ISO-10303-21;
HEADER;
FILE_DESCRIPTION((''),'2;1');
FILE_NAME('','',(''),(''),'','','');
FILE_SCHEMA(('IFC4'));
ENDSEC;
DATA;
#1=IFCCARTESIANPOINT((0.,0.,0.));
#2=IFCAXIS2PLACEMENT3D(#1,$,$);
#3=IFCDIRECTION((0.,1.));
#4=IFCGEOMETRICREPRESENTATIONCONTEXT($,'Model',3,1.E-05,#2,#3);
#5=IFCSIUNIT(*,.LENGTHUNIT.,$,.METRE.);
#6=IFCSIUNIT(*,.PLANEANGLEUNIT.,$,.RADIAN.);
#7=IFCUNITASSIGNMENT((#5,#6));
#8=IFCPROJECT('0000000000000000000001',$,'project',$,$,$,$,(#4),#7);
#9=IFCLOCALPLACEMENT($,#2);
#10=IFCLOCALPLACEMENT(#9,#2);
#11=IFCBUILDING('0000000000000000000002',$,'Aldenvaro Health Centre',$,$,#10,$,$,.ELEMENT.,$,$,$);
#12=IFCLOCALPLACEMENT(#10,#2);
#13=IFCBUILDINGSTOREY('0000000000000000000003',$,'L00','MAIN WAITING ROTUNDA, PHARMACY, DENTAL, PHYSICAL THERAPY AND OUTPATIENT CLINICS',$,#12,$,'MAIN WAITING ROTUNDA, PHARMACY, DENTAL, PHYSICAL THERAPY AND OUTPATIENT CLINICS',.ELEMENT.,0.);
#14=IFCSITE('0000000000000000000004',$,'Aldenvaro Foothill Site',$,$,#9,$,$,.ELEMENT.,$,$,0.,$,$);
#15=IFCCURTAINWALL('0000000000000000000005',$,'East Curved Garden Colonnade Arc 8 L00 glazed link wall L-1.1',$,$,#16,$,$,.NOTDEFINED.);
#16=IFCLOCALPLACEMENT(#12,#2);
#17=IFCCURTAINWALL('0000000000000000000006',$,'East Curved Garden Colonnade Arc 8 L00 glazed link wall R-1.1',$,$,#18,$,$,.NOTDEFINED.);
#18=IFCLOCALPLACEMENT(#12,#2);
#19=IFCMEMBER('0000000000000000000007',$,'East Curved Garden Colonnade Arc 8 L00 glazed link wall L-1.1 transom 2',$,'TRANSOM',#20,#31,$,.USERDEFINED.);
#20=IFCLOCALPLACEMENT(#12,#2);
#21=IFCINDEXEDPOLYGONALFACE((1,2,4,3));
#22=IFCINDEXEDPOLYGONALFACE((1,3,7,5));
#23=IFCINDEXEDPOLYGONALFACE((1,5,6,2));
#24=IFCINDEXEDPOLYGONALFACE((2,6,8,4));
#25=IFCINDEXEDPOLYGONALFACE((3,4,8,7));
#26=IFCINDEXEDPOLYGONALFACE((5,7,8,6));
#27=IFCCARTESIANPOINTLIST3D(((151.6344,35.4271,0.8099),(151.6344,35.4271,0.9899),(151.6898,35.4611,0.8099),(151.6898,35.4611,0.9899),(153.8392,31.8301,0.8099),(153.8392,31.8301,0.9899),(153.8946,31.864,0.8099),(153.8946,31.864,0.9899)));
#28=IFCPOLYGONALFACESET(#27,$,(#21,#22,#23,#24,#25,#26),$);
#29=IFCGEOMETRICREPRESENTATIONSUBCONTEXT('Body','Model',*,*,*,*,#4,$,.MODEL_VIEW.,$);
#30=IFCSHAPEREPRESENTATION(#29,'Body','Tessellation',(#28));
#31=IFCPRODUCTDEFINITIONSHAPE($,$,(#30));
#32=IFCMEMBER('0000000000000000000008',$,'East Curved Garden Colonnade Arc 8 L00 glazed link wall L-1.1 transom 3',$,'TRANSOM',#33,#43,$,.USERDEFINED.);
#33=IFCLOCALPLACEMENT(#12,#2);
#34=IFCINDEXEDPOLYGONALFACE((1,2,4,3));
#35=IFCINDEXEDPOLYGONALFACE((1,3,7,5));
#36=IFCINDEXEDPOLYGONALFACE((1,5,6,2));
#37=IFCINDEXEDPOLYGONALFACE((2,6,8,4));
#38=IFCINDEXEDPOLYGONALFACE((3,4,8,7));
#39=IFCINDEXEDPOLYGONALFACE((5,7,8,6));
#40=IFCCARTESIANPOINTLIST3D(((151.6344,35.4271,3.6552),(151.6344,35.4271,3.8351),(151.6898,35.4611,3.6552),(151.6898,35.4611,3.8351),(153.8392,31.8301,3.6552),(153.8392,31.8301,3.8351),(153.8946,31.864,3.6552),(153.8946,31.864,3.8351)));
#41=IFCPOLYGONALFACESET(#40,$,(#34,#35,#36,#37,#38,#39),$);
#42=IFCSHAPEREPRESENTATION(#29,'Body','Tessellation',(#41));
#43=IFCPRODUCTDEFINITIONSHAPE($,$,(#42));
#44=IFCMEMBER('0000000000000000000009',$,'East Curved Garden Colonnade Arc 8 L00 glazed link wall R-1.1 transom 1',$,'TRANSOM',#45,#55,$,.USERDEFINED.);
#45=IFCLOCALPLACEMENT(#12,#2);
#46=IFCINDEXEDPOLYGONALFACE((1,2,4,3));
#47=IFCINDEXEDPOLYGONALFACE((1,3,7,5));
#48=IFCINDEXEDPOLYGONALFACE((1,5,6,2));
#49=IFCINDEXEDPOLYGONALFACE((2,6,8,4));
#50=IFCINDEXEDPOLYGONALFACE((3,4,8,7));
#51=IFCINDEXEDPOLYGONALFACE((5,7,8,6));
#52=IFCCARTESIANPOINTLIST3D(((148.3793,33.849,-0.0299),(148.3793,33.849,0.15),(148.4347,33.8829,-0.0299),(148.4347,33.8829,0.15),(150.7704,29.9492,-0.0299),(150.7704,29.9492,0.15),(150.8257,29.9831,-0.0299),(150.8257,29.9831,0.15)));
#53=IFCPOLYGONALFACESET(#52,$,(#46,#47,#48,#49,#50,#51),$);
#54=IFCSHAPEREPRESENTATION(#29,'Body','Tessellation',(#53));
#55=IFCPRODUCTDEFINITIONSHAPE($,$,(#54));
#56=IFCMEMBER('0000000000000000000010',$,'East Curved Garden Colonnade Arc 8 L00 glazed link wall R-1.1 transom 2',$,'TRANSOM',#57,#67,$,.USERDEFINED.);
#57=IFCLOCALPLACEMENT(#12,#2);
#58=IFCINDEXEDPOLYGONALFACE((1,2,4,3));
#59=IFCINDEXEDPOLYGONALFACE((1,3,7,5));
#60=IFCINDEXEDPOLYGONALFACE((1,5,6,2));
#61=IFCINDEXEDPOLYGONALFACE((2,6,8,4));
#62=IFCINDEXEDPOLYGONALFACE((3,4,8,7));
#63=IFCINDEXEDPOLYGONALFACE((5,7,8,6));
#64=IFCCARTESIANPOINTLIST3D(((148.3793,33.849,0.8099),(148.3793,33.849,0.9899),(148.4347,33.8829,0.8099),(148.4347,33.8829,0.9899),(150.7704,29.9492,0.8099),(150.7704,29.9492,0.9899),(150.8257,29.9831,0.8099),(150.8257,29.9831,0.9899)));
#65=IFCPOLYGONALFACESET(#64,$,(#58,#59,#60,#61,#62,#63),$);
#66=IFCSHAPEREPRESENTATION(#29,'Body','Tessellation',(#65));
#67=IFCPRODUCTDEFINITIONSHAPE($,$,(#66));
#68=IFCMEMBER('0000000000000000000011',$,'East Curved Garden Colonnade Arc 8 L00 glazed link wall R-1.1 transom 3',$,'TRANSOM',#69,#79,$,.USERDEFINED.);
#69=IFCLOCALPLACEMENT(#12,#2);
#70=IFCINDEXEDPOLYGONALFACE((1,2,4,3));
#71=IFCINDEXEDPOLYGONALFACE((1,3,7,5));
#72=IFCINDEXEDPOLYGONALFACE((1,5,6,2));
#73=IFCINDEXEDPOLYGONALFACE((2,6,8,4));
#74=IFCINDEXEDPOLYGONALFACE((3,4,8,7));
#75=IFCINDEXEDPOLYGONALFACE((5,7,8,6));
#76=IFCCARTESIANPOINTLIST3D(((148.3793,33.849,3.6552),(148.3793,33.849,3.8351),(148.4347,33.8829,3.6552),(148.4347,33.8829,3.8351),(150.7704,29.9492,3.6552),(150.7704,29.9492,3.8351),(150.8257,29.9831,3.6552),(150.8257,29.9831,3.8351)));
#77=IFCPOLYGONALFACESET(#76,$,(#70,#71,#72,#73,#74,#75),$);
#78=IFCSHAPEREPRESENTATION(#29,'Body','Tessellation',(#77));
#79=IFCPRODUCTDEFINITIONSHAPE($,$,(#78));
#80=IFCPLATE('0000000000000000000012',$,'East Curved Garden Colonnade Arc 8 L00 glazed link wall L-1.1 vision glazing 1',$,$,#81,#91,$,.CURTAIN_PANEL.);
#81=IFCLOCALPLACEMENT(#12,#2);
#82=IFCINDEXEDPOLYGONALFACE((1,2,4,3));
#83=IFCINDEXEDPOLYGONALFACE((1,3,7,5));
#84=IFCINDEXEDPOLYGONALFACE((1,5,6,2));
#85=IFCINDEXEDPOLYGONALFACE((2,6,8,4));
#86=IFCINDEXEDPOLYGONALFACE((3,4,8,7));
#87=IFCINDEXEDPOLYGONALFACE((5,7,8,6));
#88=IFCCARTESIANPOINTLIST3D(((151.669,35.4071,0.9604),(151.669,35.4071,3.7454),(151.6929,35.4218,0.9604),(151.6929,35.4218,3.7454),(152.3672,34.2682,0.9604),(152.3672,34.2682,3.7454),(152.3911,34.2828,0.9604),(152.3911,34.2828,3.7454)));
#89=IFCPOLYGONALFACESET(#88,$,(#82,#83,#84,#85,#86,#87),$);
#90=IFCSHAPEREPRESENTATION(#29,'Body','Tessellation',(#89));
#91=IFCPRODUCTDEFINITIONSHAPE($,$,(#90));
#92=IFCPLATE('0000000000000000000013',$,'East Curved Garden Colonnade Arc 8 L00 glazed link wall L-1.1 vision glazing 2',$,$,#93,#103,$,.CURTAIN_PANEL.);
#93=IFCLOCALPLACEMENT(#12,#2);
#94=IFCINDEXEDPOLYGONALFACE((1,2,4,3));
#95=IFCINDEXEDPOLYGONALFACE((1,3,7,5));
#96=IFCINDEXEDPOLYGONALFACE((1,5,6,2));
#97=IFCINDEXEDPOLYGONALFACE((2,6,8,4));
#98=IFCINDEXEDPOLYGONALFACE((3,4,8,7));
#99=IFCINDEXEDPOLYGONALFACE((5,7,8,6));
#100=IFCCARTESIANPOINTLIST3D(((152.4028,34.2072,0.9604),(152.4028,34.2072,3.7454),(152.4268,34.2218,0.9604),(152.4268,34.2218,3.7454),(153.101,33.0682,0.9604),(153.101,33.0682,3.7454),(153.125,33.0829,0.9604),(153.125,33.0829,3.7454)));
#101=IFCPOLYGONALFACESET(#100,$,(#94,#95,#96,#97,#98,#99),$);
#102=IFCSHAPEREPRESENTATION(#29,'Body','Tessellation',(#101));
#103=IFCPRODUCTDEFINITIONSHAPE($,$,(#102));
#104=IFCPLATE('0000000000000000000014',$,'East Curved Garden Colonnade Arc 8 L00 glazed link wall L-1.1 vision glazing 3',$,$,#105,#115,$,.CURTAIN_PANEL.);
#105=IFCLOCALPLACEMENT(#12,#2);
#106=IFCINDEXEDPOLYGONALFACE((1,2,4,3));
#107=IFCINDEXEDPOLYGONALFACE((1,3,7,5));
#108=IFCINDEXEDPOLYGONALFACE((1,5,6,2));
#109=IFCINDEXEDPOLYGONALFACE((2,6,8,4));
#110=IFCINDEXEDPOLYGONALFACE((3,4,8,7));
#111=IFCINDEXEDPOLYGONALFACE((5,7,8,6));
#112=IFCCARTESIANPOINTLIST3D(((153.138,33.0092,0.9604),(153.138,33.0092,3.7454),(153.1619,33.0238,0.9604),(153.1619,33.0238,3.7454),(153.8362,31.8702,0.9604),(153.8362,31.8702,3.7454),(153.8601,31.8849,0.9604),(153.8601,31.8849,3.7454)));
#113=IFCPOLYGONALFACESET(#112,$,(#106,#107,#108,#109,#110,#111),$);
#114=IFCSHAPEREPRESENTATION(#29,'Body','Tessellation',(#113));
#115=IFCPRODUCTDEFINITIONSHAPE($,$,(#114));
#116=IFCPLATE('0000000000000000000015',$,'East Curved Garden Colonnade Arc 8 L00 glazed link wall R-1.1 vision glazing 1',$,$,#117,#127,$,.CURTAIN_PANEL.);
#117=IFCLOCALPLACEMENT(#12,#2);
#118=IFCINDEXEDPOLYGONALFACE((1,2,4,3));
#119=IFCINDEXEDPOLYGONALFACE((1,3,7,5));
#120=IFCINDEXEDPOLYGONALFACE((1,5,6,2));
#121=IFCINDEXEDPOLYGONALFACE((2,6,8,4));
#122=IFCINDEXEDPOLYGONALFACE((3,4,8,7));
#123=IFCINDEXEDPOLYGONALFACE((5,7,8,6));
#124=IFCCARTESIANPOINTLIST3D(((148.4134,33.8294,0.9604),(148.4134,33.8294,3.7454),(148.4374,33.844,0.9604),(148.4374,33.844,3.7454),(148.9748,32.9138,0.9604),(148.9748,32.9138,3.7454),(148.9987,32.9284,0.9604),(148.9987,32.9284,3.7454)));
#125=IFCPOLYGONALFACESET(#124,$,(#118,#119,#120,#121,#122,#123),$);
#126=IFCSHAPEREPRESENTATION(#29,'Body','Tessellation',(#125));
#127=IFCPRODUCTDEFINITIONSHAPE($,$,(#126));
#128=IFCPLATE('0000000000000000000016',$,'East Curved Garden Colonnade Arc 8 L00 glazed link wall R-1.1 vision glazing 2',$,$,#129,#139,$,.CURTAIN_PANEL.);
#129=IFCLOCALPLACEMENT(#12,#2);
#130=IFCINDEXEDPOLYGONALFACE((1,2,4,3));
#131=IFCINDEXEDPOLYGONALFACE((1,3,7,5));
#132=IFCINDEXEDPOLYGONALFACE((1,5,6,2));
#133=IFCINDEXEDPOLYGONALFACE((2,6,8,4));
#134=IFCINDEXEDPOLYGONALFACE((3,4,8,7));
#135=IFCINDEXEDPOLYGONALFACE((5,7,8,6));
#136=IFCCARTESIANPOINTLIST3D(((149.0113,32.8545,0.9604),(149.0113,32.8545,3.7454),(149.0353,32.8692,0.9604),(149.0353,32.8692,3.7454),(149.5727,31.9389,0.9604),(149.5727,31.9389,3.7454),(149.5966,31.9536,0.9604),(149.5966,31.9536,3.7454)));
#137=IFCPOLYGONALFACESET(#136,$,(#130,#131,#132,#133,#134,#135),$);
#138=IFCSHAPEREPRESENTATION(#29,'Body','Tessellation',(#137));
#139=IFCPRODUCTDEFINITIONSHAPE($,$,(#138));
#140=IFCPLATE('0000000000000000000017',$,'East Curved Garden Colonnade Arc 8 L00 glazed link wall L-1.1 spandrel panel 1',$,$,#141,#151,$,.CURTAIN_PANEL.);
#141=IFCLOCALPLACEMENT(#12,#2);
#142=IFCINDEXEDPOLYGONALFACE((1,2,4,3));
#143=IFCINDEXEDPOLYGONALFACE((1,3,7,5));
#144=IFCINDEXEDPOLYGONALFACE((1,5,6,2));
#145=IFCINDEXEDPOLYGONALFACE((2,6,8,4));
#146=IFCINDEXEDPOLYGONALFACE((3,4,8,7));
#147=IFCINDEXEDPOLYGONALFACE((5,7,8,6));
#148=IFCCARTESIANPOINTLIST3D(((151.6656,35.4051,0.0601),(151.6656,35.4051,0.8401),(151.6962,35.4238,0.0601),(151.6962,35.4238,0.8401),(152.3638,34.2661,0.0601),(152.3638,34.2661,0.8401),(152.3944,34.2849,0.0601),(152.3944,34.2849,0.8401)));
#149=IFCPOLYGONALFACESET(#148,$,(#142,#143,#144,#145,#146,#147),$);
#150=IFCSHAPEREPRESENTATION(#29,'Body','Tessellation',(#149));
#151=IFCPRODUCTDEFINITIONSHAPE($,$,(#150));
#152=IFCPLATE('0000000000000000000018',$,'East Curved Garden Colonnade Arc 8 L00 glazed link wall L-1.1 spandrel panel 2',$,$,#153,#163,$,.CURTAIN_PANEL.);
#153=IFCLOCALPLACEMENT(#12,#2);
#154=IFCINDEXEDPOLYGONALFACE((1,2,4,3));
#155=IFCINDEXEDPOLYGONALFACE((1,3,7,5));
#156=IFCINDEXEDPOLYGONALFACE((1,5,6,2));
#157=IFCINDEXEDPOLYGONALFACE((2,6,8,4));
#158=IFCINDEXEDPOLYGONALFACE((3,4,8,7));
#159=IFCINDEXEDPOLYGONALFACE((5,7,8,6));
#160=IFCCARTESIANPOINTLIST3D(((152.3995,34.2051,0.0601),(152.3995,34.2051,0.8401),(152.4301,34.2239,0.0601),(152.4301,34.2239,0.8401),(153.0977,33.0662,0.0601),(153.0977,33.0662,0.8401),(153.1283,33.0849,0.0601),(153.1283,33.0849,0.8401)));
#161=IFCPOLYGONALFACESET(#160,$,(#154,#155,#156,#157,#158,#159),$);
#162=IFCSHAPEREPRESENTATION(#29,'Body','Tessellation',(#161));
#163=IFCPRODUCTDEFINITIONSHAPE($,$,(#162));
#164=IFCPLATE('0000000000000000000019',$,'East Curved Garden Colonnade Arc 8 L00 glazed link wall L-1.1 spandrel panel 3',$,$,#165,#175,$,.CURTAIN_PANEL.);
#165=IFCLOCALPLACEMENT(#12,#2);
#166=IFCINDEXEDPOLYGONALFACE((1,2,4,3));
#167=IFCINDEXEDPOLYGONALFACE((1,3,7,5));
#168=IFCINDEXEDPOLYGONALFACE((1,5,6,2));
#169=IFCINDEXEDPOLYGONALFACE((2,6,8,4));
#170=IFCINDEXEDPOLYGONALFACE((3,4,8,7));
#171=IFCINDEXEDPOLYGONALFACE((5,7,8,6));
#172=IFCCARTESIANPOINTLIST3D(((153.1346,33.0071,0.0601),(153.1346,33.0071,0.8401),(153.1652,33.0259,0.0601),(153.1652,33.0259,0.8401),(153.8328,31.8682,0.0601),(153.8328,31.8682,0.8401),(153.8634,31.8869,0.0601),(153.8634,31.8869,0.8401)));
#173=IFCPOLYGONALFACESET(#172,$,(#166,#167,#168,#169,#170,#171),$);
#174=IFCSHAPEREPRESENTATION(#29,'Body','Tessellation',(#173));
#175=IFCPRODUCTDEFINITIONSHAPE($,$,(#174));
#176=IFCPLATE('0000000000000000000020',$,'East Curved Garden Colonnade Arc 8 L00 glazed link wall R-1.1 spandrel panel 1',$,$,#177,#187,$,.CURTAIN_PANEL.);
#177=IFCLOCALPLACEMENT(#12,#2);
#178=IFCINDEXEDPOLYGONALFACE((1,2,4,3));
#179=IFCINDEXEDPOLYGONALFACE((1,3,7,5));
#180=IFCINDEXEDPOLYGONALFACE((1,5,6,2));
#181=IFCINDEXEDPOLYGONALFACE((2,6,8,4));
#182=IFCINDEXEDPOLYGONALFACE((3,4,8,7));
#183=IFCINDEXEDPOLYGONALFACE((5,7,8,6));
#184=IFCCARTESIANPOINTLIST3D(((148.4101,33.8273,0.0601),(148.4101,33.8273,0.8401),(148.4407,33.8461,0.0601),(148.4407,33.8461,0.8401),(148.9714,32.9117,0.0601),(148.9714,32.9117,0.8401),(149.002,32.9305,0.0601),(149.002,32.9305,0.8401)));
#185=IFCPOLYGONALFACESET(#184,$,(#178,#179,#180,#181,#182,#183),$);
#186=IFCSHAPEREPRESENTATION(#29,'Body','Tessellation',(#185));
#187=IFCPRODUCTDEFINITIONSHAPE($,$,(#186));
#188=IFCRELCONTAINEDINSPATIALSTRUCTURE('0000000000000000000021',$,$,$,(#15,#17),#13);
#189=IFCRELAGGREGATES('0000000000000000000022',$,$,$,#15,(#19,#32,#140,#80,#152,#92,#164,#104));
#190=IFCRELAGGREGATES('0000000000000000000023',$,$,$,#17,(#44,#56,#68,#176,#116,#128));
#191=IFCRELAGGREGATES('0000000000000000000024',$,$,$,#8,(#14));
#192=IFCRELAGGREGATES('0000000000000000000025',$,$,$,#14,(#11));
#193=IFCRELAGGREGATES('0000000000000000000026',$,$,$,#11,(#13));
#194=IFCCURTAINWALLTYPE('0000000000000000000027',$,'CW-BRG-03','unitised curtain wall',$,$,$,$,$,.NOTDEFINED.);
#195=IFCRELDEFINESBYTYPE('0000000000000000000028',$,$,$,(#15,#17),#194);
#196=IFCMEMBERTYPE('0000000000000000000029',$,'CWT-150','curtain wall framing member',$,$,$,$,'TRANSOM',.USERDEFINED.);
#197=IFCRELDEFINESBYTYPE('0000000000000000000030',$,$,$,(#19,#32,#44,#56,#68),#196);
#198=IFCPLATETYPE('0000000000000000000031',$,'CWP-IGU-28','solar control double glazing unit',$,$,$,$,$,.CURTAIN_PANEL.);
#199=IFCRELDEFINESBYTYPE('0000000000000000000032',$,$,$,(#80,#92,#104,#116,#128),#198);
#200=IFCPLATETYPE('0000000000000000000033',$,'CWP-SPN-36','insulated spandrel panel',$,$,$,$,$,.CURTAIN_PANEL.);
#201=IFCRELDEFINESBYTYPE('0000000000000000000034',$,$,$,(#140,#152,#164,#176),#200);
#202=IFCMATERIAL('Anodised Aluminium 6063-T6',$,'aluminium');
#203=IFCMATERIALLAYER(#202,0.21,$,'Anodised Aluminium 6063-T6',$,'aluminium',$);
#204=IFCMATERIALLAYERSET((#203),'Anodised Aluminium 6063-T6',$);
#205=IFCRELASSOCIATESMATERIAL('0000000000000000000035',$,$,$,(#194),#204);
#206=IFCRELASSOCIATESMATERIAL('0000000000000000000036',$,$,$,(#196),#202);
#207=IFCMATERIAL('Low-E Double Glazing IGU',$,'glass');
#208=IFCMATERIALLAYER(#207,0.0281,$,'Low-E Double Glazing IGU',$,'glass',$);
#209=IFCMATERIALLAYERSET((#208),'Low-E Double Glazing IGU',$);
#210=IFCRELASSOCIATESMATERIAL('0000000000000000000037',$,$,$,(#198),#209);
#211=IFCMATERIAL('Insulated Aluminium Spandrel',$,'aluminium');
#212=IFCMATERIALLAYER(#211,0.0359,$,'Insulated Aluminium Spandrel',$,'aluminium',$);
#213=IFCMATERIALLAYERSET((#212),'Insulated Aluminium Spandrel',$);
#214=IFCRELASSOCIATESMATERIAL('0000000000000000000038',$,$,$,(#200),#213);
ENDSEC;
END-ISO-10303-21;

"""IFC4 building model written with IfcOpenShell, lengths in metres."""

from ifc_helpers import new_model, si_unit, direction, frame, origin, origin_2d, place, context, subcontext, project, spatial, rectangle, extrude, material, layer, layer_set, material_profile, profile_set, type_object, element, aggregate, save


model = new_model("IFC4")

# Units and contexts
model_context = context("Model", 3, precision=1e-05, world=origin(), true_north=direction((0.0, 1.0)))
body_context = subcontext(model_context, "Body", "Model", "MODEL_VIEW")
ifc_project = project(units=[si_unit("LENGTHUNIT", "METRE"), si_unit("PLANEANGLEUNIT", "RADIAN")], contexts=[model_context])

# Site, building, storey
site_placement = place(None, origin())
site = spatial("IfcSite", under=ifc_project, at=site_placement, Name="Aldenvaro Foothill Site", CompositionType="ELEMENT", RefElevation=0.0)
building_placement = place(site_placement, origin())
building = spatial("IfcBuilding", under=site, at=building_placement, Name="Aldenvaro Health Centre", CompositionType="ELEMENT")
storey_placement = place(building_placement, origin())
storey = spatial("IfcBuildingStorey", under=building, at=storey_placement, Name="L00", Description="MAIN WAITING ROTUNDA, PHARMACY, DENTAL, PHYSICAL THERAPY AND OUTPATIENT CLINICS", LongName="MAIN WAITING ROTUNDA, PHARMACY, DENTAL, PHYSICAL THERAPY AND OUTPATIENT CLINICS", CompositionType="ELEMENT", Elevation=0.0)

# Shared definitions
ifc_material_1 = material(Name="Anodised Aluminium 6063-T6", Category="aluminium")
ifc_layer_1 = layer(ifc_material_1, 0.21, Name="Anodised Aluminium 6063-T6", Category="aluminium")
ifc_layer_set_1 = layer_set([ifc_layer_1], Name="Anodised Aluminium 6063-T6")
curtain_wall_type = type_object("IfcCurtainWallType", Name="CW-BRG-03", Description="unitised curtain wall", PredefinedType="NOTDEFINED", material=ifc_layer_set_1)

# Curtain walls
curtain_wall_1_placement = place(storey_placement, origin())
curtain_wall_1 = element("IfcCurtainWall", 1, at=curtain_wall_1_placement, inside=storey, type_object=curtain_wall_type, Name="East Curved Garden Colonnade Arc 8 L00 glazed link wall L-1.1", PredefinedType="NOTDEFINED")
curtain_wall_2_placement = place(storey_placement, origin())
curtain_wall_2 = element("IfcCurtainWall", 2, at=curtain_wall_2_placement, inside=storey, type_object=curtain_wall_type, Name="East Curved Garden Colonnade Arc 8 L00 glazed link wall R-1.1", PredefinedType="NOTDEFINED")

# Members
ifc_material_profile_1 = material_profile(ifc_material_1, rectangle(XDim=0.0649, YDim=0.1799, at=origin_2d()), Name="ALU 65x180", Category="aluminium")
ifc_profile_set_1 = profile_set([ifc_material_profile_1], Name="Anodised Aluminium 6063-T6")
member_type_1 = type_object("IfcMemberType", Name="CWT-150", Description="curtain wall framing member", ElementType="TRANSOM", PredefinedType="USERDEFINED", material=ifc_profile_set_1)
member_1_placement = place(storey_placement, frame((151.6621, 35.4441, 0.8999), z_axis=(0.522582, -0.852589, 0.0), x_axis=(0.852589, 0.522582, 0.0)))
member_1 = element("IfcMember", 3, at=member_1_placement, type_object=member_type_1, Name="East Curved Garden Colonnade Arc 8 L00 glazed link wall L-1.1 transom 2", ObjectType="TRANSOM", PredefinedType="USERDEFINED", context=body_context, shape_type="SweptSolid", body=[
    extrude(rectangle(XDim=0.0649, YDim=0.1799, at=origin_2d()), origin(), (0.0, 0.0, 1.0), 4.219),
])
member_2_placement = place(storey_placement, frame((151.6621, 35.4441, 3.7451), z_axis=(0.522582, -0.852589, 0.0), x_axis=(0.852589, 0.522582, 0.0)))
member_2 = element("IfcMember", 4, at=member_2_placement, type_object=member_type_1, Name="East Curved Garden Colonnade Arc 8 L00 glazed link wall L-1.1 transom 3", ObjectType="TRANSOM", PredefinedType="USERDEFINED", context=body_context, shape_type="SweptSolid", body=[
    extrude(rectangle(XDim=0.0649, YDim=0.1799, at=origin_2d()), origin(), (0.0, 0.0, 1.0), 4.219),
])
member_3_placement = place(storey_placement, frame((148.407, 33.866, 0.0601), z_axis=(0.522697, -0.852518, 0.0), x_axis=(0.852518, 0.522697, 0.0)))
member_3 = element("IfcMember", 5, at=member_3_placement, type_object=member_type_1, Name="East Curved Garden Colonnade Arc 8 L00 glazed link wall R-1.1 transom 1", ObjectType="TRANSOM", PredefinedType="USERDEFINED", context=body_context, shape_type="SweptSolid", body=[
    extrude(rectangle(XDim=0.0649, YDim=0.1799, at=origin_2d()), origin(), (0.0, 0.0, 1.0), 4.5745),
])
member_4_placement = place(storey_placement, frame((148.407, 33.866, 0.8999), z_axis=(0.522697, -0.852518, 0.0), x_axis=(0.852518, 0.522697, 0.0)))
member_4 = element("IfcMember", 6, at=member_4_placement, type_object=member_type_1, Name="East Curved Garden Colonnade Arc 8 L00 glazed link wall R-1.1 transom 2", ObjectType="TRANSOM", PredefinedType="USERDEFINED", context=body_context, shape_type="SweptSolid", body=[
    extrude(rectangle(XDim=0.0649, YDim=0.1799, at=origin_2d()), origin(), (0.0, 0.0, 1.0), 4.5745),
])
member_5_placement = place(storey_placement, frame((148.407, 33.866, 3.7451), z_axis=(0.522697, -0.852518, 0.0), x_axis=(0.852518, 0.522697, 0.0)))
member_5 = element("IfcMember", 7, at=member_5_placement, type_object=member_type_1, Name="East Curved Garden Colonnade Arc 8 L00 glazed link wall R-1.1 transom 3", ObjectType="TRANSOM", PredefinedType="USERDEFINED", context=body_context, shape_type="SweptSolid", body=[
    extrude(rectangle(XDim=0.0649, YDim=0.1799, at=origin_2d()), origin(), (0.0, 0.0, 1.0), 4.5745),
])

# Plates
ifc_material_2 = material(Name="Low-E Double Glazing IGU", Category="glass")
ifc_layer_2 = layer(ifc_material_2, 0.0281, Name="Low-E Double Glazing IGU", Category="glass")
ifc_layer_set_2 = layer_set([ifc_layer_2], Name="Low-E Double Glazing IGU")
plate_type_1 = type_object("IfcPlateType", Name="CWP-IGU-28", Description="solar control double glazing unit", PredefinedType="CURTAIN_PANEL", material=ifc_layer_set_2)
plate_1_placement = place(storey_placement, frame((152.03, 34.845, 0.9604), z_axis=(0.0, 0.0, 1.0), x_axis=(0.522629, -0.85256, 0.0)))
plate_1 = element("IfcPlate", 8, at=plate_1_placement, type_object=plate_type_1, Name="East Curved Garden Colonnade Arc 8 L00 glazed link wall L-1.1 vision glazing 1", PredefinedType="CURTAIN_PANEL", context=body_context, shape_type="SweptSolid", body=[
    extrude(rectangle(XDim=1.3359, YDim=0.0281, at=origin_2d()), origin(), (0.0, 0.0, 1.0), 2.7849),
])
plate_2_placement = place(storey_placement, frame((152.7639, 33.645, 0.9604), z_axis=(0.0, 0.0, 1.0), x_axis=(0.522629, -0.85256, 0.0)))
plate_2 = element("IfcPlate", 9, at=plate_2_placement, type_object=plate_type_1, Name="East Curved Garden Colonnade Arc 8 L00 glazed link wall L-1.1 vision glazing 2", PredefinedType="CURTAIN_PANEL", context=body_context, shape_type="SweptSolid", body=[
    extrude(rectangle(XDim=1.3359, YDim=0.0281, at=origin_2d()), origin(), (0.0, 0.0, 1.0), 2.7849),
])
plate_3_placement = place(storey_placement, frame((153.499, 32.447, 0.9604), z_axis=(0.0, 0.0, 1.0), x_axis=(0.522629, -0.85256, 0.0)))
plate_3 = element("IfcPlate", 10, at=plate_3_placement, type_object=plate_type_1, Name="East Curved Garden Colonnade Arc 8 L00 glazed link wall L-1.1 vision glazing 3", PredefinedType="CURTAIN_PANEL", context=body_context, shape_type="SweptSolid", body=[
    extrude(rectangle(XDim=1.3359, YDim=0.0281, at=origin_2d()), origin(), (0.0, 0.0, 1.0), 2.7849),
])
plate_4_placement = place(storey_placement, frame((148.7061, 33.3789, 0.9604), z_axis=(0.0, 0.0, 1.0), x_axis=(0.52267, -0.852535, 0.0)))
plate_4 = element("IfcPlate", 11, at=plate_4_placement, type_object=plate_type_1, Name="East Curved Garden Colonnade Arc 8 L00 glazed link wall R-1.1 vision glazing 1", PredefinedType="CURTAIN_PANEL", context=body_context, shape_type="SweptSolid", body=[
    extrude(rectangle(XDim=1.074, YDim=0.0281, at=origin_2d()), origin(), (0.0, 0.0, 1.0), 2.7849),
])
plate_5_placement = place(storey_placement, frame((149.304, 32.4041, 0.9604), z_axis=(0.0, 0.0, 1.0), x_axis=(0.52267, -0.852535, 0.0)))
plate_5 = element("IfcPlate", 12, at=plate_5_placement, type_object=plate_type_1, Name="East Curved Garden Colonnade Arc 8 L00 glazed link wall R-1.1 vision glazing 2", PredefinedType="CURTAIN_PANEL", context=body_context, shape_type="SweptSolid", body=[
    extrude(rectangle(XDim=1.074, YDim=0.0281, at=origin_2d()), origin(), (0.0, 0.0, 1.0), 2.7849),
])
ifc_material_3 = material(Name="Insulated Aluminium Spandrel", Category="aluminium")
ifc_layer_3 = layer(ifc_material_3, 0.0359, Name="Insulated Aluminium Spandrel", Category="aluminium")
ifc_layer_set_3 = layer_set([ifc_layer_3], Name="Insulated Aluminium Spandrel")
plate_type_2 = type_object("IfcPlateType", Name="CWP-SPN-36", Description="insulated spandrel panel", PredefinedType="CURTAIN_PANEL", material=ifc_layer_set_3)
plate_6_placement = place(storey_placement, frame((152.03, 34.845, 0.0601), z_axis=(0.0, 0.0, 1.0), x_axis=(0.522629, -0.85256, 0.0)))
plate_6 = element("IfcPlate", 13, at=plate_6_placement, type_object=plate_type_2, Name="East Curved Garden Colonnade Arc 8 L00 glazed link wall L-1.1 spandrel panel 1", PredefinedType="CURTAIN_PANEL", context=body_context, shape_type="SweptSolid", body=[
    extrude(rectangle(XDim=1.3359, YDim=0.0359, at=origin_2d()), origin(), (0.0, 0.0, 1.0), 0.78),
])
plate_7_placement = place(storey_placement, frame((152.7639, 33.645, 0.0601), z_axis=(0.0, 0.0, 1.0), x_axis=(0.522629, -0.85256, 0.0)))
plate_7 = element("IfcPlate", 14, at=plate_7_placement, type_object=plate_type_2, Name="East Curved Garden Colonnade Arc 8 L00 glazed link wall L-1.1 spandrel panel 2", PredefinedType="CURTAIN_PANEL", context=body_context, shape_type="SweptSolid", body=[
    extrude(rectangle(XDim=1.3359, YDim=0.0359, at=origin_2d()), origin(), (0.0, 0.0, 1.0), 0.78),
])
plate_8_placement = place(storey_placement, frame((153.499, 32.447, 0.0601), z_axis=(0.0, 0.0, 1.0), x_axis=(0.522629, -0.85256, 0.0)))
plate_8 = element("IfcPlate", 15, at=plate_8_placement, type_object=plate_type_2, Name="East Curved Garden Colonnade Arc 8 L00 glazed link wall L-1.1 spandrel panel 3", PredefinedType="CURTAIN_PANEL", context=body_context, shape_type="SweptSolid", body=[
    extrude(rectangle(XDim=1.3359, YDim=0.0359, at=origin_2d()), origin(), (0.0, 0.0, 1.0), 0.78),
])
aggregate(curtain_wall_1, [member_1, member_2, plate_6, plate_1, plate_7, plate_2, plate_8, plate_3])
plate_9_placement = place(storey_placement, frame((148.7061, 33.3789, 0.0601), z_axis=(0.0, 0.0, 1.0), x_axis=(0.52267, -0.852535, 0.0)))
plate_9 = element("IfcPlate", 16, at=plate_9_placement, type_object=plate_type_2, Name="East Curved Garden Colonnade Arc 8 L00 glazed link wall R-1.1 spandrel panel 1", PredefinedType="CURTAIN_PANEL", context=body_context, shape_type="SweptSolid", body=[
    extrude(rectangle(XDim=1.074, YDim=0.0359, at=origin_2d()), origin(), (0.0, 0.0, 1.0), 0.78),
])
aggregate(curtain_wall_2, [member_3, member_4, member_5, plate_9, plate_4, plate_5])

save(model, "model.ifc")
